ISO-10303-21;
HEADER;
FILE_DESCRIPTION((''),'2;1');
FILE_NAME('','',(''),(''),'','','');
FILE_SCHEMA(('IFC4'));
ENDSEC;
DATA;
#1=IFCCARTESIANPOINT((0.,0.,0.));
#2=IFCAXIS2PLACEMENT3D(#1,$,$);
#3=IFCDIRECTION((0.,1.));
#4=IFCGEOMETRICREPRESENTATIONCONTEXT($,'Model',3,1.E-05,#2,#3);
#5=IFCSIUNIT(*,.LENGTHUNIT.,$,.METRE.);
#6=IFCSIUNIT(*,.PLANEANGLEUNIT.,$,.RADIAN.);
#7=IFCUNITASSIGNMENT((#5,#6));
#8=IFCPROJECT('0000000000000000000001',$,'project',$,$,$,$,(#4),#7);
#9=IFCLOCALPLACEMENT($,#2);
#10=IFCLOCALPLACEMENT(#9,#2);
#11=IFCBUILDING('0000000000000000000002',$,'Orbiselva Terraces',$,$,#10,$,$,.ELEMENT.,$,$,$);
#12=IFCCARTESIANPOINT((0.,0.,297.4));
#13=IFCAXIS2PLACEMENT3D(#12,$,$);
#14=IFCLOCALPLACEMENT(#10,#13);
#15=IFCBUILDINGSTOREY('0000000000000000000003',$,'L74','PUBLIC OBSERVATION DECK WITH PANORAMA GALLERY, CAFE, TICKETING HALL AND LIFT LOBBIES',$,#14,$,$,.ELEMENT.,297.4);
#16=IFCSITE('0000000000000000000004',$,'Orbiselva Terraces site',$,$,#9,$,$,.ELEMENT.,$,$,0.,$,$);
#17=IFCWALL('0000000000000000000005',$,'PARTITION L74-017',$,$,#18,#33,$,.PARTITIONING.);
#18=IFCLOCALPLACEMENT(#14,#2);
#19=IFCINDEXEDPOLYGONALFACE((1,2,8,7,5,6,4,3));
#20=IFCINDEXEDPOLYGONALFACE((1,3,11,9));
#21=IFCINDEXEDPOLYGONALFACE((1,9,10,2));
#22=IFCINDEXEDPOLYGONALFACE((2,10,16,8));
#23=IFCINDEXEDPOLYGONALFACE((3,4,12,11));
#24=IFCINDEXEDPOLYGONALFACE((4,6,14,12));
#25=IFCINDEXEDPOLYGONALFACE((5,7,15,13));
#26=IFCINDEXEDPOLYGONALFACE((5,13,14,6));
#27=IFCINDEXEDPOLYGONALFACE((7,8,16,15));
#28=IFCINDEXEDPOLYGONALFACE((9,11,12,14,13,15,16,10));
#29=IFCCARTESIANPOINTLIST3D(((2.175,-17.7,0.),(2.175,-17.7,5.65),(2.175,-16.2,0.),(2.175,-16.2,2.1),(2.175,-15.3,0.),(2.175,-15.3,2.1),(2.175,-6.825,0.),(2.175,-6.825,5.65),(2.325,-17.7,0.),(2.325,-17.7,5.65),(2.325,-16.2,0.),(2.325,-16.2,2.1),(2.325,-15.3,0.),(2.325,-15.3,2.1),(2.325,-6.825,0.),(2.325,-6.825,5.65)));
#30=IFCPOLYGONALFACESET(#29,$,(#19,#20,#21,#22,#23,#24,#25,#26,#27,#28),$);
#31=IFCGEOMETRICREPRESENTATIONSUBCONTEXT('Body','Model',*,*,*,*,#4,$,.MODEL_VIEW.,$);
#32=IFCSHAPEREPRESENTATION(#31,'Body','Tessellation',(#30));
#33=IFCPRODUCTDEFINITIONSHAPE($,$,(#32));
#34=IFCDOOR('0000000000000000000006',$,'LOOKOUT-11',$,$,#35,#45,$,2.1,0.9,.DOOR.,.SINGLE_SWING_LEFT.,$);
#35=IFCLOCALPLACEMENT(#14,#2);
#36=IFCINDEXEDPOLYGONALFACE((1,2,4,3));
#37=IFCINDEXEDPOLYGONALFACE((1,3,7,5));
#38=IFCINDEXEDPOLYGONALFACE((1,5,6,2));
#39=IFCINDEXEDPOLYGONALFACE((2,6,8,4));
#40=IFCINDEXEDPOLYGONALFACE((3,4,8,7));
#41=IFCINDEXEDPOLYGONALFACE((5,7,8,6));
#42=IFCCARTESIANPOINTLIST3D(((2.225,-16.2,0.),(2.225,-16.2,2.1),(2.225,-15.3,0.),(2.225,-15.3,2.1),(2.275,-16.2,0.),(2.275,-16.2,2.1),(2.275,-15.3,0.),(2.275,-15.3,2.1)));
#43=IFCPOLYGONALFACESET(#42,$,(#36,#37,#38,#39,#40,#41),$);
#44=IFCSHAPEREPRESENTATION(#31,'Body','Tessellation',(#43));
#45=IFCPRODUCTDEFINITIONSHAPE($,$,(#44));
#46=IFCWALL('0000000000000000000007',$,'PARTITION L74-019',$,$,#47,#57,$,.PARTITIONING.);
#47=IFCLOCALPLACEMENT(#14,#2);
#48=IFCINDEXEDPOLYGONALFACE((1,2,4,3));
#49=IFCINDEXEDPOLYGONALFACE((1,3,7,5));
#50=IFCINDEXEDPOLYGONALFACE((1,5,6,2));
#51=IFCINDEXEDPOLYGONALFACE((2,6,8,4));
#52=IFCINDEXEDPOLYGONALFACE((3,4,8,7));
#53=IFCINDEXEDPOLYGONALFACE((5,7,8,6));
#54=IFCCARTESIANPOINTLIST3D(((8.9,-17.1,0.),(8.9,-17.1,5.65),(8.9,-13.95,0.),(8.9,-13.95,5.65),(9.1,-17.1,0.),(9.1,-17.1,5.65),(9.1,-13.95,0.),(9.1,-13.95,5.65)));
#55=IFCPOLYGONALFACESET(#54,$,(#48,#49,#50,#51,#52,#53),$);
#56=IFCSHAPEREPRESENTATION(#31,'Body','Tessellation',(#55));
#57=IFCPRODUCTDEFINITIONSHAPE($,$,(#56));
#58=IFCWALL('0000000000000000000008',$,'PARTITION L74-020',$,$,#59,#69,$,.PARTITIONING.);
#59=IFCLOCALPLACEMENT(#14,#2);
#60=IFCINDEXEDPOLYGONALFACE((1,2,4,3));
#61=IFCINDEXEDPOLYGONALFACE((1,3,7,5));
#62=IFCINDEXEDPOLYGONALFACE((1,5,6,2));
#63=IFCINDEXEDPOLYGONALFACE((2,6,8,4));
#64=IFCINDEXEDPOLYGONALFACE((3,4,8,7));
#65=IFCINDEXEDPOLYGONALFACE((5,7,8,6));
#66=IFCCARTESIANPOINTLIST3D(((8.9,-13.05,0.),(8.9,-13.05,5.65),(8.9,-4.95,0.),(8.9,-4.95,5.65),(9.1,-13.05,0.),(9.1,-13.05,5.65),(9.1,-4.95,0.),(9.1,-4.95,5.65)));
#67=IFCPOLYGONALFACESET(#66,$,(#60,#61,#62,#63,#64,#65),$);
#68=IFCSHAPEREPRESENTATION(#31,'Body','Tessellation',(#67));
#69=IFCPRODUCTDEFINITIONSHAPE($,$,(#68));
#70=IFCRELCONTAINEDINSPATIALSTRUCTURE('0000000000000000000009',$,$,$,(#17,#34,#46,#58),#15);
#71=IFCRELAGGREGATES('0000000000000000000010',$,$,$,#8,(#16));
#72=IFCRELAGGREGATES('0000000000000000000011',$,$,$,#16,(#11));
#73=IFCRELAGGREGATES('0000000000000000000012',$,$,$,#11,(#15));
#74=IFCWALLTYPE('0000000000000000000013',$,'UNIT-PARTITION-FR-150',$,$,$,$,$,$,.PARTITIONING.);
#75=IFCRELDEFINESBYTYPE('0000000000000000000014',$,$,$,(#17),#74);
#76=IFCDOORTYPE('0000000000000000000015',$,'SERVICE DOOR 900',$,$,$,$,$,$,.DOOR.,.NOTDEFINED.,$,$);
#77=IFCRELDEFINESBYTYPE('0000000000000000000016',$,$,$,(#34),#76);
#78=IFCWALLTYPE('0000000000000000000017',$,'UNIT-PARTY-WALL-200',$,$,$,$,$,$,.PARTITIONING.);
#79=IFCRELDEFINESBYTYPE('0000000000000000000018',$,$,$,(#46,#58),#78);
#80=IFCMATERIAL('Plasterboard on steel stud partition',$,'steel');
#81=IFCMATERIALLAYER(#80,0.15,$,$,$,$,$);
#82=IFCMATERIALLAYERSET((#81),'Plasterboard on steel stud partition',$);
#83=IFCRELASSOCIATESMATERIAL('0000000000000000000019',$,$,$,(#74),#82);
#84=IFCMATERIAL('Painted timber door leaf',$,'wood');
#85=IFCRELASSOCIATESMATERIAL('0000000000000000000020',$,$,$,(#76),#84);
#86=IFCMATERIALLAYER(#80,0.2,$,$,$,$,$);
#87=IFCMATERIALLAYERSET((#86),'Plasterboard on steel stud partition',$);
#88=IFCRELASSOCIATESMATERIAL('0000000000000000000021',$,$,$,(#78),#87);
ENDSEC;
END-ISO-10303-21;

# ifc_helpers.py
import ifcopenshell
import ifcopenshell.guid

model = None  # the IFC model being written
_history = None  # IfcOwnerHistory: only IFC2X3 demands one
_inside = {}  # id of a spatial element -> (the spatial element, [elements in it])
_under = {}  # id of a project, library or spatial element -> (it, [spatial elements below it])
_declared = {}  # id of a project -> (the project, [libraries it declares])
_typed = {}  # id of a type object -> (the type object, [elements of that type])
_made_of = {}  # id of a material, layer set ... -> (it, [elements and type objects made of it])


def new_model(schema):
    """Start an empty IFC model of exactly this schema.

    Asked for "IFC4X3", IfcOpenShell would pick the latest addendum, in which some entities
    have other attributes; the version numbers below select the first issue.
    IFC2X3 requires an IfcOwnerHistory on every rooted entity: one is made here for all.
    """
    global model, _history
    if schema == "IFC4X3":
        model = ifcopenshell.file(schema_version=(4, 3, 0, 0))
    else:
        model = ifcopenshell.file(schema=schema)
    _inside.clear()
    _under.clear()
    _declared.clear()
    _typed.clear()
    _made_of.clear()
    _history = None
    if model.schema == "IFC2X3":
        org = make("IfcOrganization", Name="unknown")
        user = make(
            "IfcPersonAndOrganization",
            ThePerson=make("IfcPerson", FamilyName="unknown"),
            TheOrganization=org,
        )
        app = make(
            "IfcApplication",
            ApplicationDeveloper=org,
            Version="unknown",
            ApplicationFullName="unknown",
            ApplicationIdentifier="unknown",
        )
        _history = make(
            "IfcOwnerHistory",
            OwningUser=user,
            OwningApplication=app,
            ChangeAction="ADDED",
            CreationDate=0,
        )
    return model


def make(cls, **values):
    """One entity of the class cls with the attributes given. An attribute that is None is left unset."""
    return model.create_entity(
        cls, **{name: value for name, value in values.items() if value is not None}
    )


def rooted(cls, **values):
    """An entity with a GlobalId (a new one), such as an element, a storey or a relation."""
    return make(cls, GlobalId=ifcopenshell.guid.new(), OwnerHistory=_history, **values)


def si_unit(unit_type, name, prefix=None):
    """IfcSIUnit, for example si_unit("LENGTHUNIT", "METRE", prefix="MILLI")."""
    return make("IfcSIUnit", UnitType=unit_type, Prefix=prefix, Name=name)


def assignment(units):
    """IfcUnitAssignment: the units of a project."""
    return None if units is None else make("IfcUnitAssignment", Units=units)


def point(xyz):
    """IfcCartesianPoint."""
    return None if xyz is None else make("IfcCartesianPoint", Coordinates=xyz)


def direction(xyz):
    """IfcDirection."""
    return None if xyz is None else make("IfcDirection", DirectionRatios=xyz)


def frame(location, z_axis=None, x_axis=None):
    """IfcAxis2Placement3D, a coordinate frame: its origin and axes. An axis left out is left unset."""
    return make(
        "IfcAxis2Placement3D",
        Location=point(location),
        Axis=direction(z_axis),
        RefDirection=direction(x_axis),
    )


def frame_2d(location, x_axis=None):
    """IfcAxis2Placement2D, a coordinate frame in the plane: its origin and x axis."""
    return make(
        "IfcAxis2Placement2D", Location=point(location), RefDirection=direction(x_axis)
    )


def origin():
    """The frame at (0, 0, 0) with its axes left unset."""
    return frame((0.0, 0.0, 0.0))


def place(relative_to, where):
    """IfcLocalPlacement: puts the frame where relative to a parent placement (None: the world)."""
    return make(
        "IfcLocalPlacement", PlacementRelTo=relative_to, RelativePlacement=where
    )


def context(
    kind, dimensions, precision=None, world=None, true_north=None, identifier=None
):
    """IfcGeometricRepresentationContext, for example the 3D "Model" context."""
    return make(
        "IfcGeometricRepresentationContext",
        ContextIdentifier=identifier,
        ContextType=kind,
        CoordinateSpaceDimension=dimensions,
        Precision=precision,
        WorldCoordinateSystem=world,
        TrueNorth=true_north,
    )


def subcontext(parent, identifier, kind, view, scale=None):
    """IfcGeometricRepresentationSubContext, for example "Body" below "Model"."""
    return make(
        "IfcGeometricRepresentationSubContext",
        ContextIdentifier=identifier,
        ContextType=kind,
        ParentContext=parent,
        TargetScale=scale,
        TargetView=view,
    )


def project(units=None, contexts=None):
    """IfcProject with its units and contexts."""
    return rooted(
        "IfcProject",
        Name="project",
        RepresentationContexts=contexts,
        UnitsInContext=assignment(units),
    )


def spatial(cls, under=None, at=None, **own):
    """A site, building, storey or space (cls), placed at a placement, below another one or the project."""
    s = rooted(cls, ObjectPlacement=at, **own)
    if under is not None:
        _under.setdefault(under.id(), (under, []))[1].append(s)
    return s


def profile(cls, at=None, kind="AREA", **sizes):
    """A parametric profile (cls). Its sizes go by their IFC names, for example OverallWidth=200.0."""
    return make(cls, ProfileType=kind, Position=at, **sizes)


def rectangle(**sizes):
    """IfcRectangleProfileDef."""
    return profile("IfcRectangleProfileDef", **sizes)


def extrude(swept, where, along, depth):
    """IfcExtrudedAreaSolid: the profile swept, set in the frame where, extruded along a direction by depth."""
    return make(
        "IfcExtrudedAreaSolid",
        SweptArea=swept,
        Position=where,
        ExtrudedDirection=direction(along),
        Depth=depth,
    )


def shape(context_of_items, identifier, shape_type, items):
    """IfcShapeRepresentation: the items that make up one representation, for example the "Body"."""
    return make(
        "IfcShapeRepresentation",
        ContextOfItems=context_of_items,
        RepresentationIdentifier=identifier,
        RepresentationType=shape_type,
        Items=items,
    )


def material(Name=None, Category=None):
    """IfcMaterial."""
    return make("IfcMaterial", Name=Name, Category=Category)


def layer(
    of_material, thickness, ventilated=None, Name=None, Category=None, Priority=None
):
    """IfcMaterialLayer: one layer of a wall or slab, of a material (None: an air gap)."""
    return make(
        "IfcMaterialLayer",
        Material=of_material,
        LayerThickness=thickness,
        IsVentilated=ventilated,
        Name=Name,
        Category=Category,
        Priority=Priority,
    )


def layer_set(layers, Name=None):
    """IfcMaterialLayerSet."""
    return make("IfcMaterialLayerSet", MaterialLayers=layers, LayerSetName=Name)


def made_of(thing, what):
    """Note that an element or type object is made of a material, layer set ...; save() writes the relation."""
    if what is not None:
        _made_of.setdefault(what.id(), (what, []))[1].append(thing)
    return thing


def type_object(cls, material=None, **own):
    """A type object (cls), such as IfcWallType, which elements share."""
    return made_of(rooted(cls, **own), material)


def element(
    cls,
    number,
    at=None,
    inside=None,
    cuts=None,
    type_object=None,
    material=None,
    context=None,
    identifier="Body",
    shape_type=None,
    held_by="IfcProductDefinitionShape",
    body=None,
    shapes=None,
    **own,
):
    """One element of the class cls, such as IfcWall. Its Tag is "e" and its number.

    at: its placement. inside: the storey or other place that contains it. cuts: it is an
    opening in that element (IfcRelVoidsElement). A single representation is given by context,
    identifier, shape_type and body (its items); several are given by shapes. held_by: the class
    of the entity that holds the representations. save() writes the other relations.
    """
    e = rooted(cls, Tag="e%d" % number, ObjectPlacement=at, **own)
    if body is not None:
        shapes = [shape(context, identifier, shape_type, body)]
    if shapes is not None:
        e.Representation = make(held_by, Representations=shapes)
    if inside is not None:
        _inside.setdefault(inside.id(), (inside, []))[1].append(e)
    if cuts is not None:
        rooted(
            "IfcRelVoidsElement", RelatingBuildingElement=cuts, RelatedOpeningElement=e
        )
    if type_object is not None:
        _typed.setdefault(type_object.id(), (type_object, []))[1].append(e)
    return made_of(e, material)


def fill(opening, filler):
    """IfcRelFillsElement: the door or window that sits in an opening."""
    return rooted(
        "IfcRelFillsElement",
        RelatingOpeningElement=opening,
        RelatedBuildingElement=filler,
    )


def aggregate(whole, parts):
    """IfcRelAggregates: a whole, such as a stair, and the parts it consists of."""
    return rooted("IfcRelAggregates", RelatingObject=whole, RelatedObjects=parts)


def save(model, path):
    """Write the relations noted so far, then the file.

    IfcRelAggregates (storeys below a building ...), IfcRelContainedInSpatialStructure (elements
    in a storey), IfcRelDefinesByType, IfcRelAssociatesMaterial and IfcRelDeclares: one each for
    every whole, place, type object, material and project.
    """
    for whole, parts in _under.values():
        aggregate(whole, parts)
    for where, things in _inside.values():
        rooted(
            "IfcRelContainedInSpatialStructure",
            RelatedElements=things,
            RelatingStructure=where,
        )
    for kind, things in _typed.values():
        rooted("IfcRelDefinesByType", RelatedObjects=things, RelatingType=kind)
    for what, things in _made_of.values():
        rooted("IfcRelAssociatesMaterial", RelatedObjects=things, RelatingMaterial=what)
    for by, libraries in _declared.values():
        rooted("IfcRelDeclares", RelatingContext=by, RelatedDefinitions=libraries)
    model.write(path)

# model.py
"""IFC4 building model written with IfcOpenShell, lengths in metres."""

from ifc_helpers import new_model, si_unit, direction, frame, frame_2d, origin, place, context, subcontext, project, spatial, rectangle, extrude, material, layer, layer_set, type_object, element, fill, save


model = new_model("IFC4")

# Units and contexts
model_context = context("Model", 3, precision=1e-05, world=origin(), true_north=direction((0.0, 1.0)))
body_context = subcontext(model_context, "Body", "Model", "MODEL_VIEW")
ifc_project = project(units=[si_unit("LENGTHUNIT", "METRE"), si_unit("PLANEANGLEUNIT", "RADIAN")], contexts=[model_context])

# Site, building, storey
site_placement = place(None, origin())
site = spatial("IfcSite", under=ifc_project, at=site_placement, Name="Orbiselva Terraces site", CompositionType="ELEMENT", RefElevation=0.0)
building_placement = place(site_placement, origin())
building = spatial("IfcBuilding", under=site, at=building_placement, Name="Orbiselva Terraces", CompositionType="ELEMENT")
storey_placement = place(building_placement, frame((0.0, 0.0, 297.4)))
storey = spatial("IfcBuildingStorey", under=building, at=storey_placement, Name="L74", Description="PUBLIC OBSERVATION DECK WITH PANORAMA GALLERY, CAFE, TICKETING HALL AND LIFT LOBBIES", CompositionType="ELEMENT", Elevation=297.4)

# Shared definitions
ifc_material_1 = material(Name="Plasterboard on steel stud partition", Category="steel")

# Shared definitions
ifc_layer_1 = layer(ifc_material_1, 0.15)
ifc_layer_set_1 = layer_set([ifc_layer_1], Name="Plasterboard on steel stud partition")
wall_type_1 = type_object("IfcWallType", Name="UNIT-PARTITION-FR-150", PredefinedType="PARTITIONING", material=ifc_layer_set_1)
ifc_material_2 = material(Name="Painted timber door leaf", Category="wood")

# Wall, opening, door
wall_1_placement = place(storey_placement, frame((2.25, -17.7, 0.0), z_axis=(0.0, 0.0, 1.0), x_axis=(0.0, 1.0, 0.0)))
wall_1 = element("IfcWall", 1, at=wall_1_placement, inside=storey, type_object=wall_type_1, Name="PARTITION L74-017", PredefinedType="PARTITIONING", context=body_context, shape_type="SweptSolid", body=[
    extrude(rectangle(XDim=10.875, YDim=0.15, at=frame_2d((5.4375, 0.0))), origin(), (0.0, 0.0, 1.0), 5.65),
])
opening_1_placement = place(wall_1_placement, frame((1.5, 0.0, 0.0)))
opening_1 = element("IfcOpeningElement", 2, at=opening_1_placement, cuts=wall_1, PredefinedType="OPENING", context=body_context, shape_type="SweptSolid", body=[
    extrude(rectangle(XDim=0.9, YDim=2.1, at=frame_2d((0.45, 1.05))), frame((0.0, 0.085, 0.0), z_axis=(0.0, -1.0, 0.0), x_axis=(1.0, 0.0, 0.0)), (0.0, 0.0, 1.0), 0.17),
])
door_type_1 = type_object("IfcDoorType", Name="SERVICE DOOR 900", OperationType="NOTDEFINED", PredefinedType="DOOR", material=ifc_material_2)
door_1_placement = place(opening_1_placement, origin())
door_1 = element("IfcDoor", 3, at=door_1_placement, inside=storey, type_object=door_type_1, Name="LOOKOUT-11", OperationType="SINGLE_SWING_LEFT", OverallHeight=2.1, OverallWidth=0.9, PredefinedType="DOOR", context=body_context, shape_type="SweptSolid", body=[
    extrude(rectangle(XDim=0.9, YDim=2.1, at=frame_2d((0.45, 1.05))), frame((0.0, 0.025, 0.0), z_axis=(0.0, -1.0, 0.0), x_axis=(1.0, 0.0, 0.0)), (0.0, 0.0, 1.0), 0.05),
])
fill(opening_1, door_1)

# Walls
ifc_layer_2 = layer(ifc_material_1, 0.2)
ifc_layer_set_2 = layer_set([ifc_layer_2], Name="Plasterboard on steel stud partition")
wall_type_2 = type_object("IfcWallType", Name="UNIT-PARTY-WALL-200", PredefinedType="PARTITIONING", material=ifc_layer_set_2)
wall_2_placement = place(storey_placement, frame((9.0, -17.1, 0.0), z_axis=(0.0, 0.0, 1.0), x_axis=(0.0, 1.0, 0.0)))
element("IfcWall", 4, at=wall_2_placement, inside=storey, type_object=wall_type_2, Name="PARTITION L74-019", PredefinedType="PARTITIONING", context=body_context, shape_type="SweptSolid", body=[
    extrude(rectangle(XDim=3.15, YDim=0.2, at=frame_2d((1.575, 0.0))), origin(), (0.0, 0.0, 1.0), 5.65),
])
wall_3_placement = place(storey_placement, frame((9.0, -13.05, 0.0), z_axis=(0.0, 0.0, 1.0), x_axis=(0.0, 1.0, 0.0)))
element("IfcWall", 5, at=wall_3_placement, inside=storey, type_object=wall_type_2, Name="PARTITION L74-020", PredefinedType="PARTITIONING", context=body_context, shape_type="SweptSolid", body=[
    extrude(rectangle(XDim=8.1, YDim=0.2, at=frame_2d((4.05, 0.0))), origin(), (0.0, 0.0, 1.0), 5.65),
])

save(model, "model.ifc")
